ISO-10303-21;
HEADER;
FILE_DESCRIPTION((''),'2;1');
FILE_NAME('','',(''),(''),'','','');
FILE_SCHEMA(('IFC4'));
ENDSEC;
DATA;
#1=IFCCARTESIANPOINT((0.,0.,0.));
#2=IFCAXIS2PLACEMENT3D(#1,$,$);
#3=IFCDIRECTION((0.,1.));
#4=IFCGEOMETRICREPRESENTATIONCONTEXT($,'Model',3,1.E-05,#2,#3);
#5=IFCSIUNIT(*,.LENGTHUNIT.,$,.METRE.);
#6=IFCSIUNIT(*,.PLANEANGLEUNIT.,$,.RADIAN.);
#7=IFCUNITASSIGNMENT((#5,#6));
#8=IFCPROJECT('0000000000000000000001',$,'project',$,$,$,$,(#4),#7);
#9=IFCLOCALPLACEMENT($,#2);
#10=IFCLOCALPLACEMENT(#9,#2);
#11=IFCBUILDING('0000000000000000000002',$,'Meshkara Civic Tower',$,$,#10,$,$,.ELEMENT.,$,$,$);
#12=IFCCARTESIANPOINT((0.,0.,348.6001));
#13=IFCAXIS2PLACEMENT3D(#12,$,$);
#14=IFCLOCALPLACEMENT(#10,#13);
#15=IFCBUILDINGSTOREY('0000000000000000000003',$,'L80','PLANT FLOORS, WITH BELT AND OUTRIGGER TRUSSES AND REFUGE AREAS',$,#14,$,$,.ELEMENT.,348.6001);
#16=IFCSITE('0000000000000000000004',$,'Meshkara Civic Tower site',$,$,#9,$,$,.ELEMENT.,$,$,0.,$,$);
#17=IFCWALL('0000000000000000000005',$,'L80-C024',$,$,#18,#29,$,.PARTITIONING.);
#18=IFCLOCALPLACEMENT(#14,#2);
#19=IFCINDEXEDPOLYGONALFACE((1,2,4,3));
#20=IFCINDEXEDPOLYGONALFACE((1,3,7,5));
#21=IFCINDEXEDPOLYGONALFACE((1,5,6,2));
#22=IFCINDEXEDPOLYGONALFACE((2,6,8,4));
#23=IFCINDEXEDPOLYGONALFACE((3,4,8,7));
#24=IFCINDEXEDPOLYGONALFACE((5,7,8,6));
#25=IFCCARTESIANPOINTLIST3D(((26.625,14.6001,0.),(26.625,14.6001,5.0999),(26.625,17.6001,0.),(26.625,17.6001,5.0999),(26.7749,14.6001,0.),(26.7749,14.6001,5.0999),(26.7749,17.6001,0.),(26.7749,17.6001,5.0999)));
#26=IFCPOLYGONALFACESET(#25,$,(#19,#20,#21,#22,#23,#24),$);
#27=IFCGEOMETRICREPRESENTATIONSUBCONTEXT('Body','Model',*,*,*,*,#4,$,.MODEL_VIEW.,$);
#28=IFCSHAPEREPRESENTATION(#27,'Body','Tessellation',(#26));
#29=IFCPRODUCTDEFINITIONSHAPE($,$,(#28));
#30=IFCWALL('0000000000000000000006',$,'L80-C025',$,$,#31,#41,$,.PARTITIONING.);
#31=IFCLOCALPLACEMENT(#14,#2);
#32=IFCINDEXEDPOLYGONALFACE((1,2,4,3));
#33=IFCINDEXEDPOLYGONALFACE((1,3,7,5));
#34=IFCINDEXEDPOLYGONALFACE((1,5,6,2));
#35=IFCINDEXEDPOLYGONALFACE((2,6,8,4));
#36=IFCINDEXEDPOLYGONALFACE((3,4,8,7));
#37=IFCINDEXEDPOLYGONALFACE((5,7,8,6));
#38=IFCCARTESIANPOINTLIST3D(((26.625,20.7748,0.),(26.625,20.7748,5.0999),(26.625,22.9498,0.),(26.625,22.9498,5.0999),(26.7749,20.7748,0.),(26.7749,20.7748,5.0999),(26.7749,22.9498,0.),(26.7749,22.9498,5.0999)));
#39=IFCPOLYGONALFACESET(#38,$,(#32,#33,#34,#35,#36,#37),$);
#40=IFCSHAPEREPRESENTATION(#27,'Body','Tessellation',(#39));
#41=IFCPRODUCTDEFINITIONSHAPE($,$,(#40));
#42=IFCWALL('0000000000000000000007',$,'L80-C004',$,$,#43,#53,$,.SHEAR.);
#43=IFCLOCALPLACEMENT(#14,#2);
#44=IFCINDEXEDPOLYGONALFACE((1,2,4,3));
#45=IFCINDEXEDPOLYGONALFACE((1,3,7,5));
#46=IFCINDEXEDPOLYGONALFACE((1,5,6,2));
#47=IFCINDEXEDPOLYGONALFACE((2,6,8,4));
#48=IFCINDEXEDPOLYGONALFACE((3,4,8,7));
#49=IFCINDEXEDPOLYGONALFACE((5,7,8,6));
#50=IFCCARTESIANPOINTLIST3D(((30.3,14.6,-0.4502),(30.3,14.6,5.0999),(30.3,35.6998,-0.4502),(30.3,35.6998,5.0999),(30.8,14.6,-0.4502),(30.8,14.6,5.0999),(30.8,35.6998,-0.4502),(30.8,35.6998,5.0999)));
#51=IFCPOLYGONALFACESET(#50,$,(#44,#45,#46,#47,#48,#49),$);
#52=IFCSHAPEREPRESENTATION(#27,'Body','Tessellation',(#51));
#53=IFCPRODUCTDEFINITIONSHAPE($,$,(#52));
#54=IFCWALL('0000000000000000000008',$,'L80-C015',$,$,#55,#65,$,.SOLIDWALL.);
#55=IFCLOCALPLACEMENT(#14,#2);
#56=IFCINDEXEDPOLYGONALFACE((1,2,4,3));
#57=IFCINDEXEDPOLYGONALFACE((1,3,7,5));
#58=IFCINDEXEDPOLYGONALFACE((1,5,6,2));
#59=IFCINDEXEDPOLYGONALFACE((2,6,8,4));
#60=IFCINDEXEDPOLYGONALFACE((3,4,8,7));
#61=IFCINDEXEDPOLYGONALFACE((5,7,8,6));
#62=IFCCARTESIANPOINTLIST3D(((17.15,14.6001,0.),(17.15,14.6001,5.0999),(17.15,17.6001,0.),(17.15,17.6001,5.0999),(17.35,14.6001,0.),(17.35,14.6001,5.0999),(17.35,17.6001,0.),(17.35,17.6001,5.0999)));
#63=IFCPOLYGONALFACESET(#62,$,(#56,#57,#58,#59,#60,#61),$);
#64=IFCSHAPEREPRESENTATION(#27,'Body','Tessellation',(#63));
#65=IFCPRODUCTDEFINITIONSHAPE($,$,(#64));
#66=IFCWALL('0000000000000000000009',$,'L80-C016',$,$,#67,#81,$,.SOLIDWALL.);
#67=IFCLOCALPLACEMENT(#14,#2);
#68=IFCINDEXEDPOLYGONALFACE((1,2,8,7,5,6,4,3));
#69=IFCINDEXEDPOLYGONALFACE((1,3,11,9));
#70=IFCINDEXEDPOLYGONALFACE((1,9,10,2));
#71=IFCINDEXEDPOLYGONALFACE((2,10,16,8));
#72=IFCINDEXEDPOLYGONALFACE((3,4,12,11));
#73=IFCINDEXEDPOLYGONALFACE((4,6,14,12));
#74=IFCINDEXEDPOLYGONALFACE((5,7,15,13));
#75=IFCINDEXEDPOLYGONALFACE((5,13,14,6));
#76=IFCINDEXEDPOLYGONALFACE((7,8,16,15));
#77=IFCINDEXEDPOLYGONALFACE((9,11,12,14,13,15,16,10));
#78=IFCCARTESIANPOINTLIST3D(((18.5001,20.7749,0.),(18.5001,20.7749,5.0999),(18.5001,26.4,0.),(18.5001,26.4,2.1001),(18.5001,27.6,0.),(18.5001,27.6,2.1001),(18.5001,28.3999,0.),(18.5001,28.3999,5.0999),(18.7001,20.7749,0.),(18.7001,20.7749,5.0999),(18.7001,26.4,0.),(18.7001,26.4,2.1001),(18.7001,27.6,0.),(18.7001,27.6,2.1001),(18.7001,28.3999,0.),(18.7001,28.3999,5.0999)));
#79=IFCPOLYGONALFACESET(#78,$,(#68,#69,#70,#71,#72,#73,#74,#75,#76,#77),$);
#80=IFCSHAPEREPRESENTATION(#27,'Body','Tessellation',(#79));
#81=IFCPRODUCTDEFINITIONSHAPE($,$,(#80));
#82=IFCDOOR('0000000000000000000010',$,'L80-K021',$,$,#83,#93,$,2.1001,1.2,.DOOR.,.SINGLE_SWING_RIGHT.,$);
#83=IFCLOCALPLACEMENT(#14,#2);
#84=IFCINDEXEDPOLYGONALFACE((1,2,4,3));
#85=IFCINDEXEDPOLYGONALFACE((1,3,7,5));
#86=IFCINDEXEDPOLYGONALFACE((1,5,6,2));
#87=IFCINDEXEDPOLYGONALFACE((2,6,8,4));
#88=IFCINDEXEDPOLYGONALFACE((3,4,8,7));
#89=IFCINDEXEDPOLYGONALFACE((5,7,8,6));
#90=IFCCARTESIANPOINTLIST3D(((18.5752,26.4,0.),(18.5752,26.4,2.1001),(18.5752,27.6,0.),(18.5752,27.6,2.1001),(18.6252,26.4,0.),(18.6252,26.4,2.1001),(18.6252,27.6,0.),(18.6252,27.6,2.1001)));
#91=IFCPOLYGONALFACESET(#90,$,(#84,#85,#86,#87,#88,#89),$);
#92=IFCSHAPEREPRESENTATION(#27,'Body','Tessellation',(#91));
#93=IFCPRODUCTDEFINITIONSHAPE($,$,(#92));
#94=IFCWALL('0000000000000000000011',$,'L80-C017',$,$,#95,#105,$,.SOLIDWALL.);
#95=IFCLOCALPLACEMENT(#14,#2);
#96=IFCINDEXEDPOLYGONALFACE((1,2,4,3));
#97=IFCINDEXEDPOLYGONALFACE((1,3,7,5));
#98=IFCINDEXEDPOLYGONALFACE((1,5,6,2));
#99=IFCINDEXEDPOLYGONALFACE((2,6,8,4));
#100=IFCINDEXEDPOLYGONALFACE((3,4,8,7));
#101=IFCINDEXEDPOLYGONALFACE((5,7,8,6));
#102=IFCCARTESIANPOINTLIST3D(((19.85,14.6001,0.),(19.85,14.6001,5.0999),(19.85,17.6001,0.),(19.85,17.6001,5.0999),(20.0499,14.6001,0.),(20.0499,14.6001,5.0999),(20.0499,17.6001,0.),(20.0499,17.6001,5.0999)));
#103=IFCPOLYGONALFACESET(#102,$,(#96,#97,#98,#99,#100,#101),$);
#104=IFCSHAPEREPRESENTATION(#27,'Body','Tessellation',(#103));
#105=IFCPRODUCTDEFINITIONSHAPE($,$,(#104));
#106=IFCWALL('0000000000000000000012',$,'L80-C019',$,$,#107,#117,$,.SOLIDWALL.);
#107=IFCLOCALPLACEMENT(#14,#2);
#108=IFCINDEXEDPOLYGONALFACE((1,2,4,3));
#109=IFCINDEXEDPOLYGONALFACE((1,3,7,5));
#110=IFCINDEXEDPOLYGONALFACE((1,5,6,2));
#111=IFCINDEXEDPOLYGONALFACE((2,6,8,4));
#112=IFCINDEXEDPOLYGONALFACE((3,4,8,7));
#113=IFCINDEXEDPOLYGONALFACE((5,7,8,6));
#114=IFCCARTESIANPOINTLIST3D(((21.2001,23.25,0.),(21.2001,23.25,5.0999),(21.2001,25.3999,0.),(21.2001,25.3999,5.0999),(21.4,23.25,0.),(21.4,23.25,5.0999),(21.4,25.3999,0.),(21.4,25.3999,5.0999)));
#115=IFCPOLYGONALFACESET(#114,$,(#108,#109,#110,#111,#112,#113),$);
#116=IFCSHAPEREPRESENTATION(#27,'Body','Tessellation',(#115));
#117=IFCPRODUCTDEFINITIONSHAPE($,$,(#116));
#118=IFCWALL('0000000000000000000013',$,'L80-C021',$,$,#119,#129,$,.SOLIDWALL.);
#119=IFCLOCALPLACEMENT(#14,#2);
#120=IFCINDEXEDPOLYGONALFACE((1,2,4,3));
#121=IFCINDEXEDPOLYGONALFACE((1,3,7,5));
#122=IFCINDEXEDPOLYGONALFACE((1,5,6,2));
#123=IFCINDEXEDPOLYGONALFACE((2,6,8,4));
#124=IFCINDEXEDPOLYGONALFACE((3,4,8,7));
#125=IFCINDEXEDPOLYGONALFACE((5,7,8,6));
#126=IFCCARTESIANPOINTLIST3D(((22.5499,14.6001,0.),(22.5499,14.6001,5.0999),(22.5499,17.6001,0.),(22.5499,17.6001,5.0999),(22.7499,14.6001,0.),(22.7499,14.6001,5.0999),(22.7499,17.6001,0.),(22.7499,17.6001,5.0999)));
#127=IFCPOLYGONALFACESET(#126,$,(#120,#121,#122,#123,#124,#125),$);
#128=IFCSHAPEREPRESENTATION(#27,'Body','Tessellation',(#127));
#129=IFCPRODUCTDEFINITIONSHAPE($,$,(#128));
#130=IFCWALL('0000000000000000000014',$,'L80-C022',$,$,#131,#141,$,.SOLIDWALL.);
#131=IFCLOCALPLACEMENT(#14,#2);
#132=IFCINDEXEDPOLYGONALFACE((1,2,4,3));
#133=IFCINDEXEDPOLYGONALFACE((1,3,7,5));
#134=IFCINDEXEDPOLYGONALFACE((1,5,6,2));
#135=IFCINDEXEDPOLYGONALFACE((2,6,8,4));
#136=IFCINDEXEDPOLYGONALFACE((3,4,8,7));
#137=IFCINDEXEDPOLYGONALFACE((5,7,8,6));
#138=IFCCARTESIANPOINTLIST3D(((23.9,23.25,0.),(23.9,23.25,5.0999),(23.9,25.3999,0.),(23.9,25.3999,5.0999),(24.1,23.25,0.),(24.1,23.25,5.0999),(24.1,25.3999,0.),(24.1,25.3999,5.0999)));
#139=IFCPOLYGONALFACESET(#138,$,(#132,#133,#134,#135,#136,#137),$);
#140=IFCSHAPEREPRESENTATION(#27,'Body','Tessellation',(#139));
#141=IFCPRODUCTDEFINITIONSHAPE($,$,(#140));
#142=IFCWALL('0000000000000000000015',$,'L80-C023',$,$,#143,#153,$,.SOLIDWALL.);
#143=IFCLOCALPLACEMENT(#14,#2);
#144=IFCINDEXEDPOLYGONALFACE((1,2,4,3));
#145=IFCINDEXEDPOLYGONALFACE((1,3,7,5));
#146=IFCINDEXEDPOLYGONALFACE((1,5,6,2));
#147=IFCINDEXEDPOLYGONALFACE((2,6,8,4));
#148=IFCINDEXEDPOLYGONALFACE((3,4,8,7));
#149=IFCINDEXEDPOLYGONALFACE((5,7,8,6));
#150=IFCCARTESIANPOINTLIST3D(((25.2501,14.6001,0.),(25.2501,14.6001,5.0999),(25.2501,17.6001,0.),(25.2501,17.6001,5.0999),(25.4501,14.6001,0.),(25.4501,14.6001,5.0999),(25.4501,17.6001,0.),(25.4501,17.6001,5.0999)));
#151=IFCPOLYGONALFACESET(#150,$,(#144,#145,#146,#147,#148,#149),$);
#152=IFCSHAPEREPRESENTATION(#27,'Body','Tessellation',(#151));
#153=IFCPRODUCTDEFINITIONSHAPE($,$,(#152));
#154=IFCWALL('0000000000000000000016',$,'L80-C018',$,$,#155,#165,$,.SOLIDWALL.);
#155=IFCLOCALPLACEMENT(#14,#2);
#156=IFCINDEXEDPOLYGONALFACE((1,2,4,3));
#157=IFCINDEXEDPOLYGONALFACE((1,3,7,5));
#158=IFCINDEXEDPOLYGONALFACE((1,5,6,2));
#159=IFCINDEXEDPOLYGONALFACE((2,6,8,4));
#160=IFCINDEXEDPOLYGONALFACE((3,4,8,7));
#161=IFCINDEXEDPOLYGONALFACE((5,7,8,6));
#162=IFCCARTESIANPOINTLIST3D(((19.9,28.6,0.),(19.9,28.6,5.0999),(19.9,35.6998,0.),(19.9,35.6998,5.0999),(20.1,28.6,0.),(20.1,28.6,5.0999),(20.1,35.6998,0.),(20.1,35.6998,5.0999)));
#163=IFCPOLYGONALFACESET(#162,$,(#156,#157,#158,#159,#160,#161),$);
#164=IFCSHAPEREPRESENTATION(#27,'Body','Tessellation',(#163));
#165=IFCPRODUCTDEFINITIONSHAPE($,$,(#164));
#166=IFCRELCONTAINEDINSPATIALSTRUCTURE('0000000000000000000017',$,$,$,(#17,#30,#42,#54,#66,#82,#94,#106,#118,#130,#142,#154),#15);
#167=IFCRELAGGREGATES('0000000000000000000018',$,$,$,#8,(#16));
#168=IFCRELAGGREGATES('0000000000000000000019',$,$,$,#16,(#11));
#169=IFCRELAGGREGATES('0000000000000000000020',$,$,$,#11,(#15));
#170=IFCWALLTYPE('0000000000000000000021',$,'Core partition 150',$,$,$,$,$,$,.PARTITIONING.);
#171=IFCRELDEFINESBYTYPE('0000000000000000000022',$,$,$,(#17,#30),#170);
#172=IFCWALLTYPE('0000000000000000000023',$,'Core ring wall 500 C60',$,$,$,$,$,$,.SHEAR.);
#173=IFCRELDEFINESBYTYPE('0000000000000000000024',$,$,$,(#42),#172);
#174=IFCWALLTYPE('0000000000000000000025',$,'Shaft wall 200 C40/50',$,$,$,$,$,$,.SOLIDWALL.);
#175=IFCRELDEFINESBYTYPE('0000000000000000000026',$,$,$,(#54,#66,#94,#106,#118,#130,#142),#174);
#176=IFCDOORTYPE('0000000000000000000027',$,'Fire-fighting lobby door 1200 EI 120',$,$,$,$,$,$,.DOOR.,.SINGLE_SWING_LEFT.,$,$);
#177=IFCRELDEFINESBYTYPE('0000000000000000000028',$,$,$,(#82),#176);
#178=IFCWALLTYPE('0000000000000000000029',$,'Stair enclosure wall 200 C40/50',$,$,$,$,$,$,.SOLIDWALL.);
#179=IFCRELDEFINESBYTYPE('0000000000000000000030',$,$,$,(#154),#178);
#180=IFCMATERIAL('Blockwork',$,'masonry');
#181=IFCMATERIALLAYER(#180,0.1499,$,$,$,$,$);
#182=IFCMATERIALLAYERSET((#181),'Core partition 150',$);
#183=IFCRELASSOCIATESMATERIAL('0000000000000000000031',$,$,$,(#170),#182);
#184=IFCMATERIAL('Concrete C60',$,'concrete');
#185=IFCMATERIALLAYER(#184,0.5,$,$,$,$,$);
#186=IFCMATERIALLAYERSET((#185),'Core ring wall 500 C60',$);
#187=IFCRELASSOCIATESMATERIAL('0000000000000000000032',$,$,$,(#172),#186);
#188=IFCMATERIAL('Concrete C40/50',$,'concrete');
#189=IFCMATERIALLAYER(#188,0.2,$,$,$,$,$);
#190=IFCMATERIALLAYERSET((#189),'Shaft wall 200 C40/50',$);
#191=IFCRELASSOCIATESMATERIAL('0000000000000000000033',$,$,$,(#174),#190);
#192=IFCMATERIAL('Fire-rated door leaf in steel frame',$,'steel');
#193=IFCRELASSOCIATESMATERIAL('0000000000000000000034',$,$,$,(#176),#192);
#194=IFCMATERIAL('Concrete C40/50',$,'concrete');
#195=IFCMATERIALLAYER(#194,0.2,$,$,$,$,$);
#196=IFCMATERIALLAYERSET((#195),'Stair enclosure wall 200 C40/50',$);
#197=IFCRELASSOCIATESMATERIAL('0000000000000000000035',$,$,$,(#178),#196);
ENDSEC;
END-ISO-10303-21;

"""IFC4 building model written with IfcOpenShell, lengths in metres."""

from ifc_helpers import new_model, si_unit, direction, frame, frame_2d, origin, place, context, subcontext, project, spatial, rectangle, extrude, material, layer, layer_set, type_object, element, fill, save


model = new_model("IFC4")

# Units and contexts
model_context = context("Model", 3, precision=1e-05, world=origin(), true_north=direction((0.0, 1.0)))
body_context = subcontext(model_context, "Body", "Model", "MODEL_VIEW")
ifc_project = project(units=[si_unit("LENGTHUNIT", "METRE"), si_unit("PLANEANGLEUNIT", "RADIAN")], contexts=[model_context])

# Site, building, storey
site_placement = place(None, origin())
site = spatial("IfcSite", under=ifc_project, at=site_placement, Name="Meshkara Civic Tower site", CompositionType="ELEMENT", RefElevation=0.0)
building_placement = place(site_placement, origin())
building = spatial("IfcBuilding", under=site, at=building_placement, Name="Meshkara Civic Tower", CompositionType="ELEMENT")
storey_placement = place(building_placement, frame((0.0, 0.0, 348.6001)))
storey = spatial("IfcBuildingStorey", under=building, at=storey_placement, Name="L80", Description="PLANT FLOORS, WITH BELT AND OUTRIGGER TRUSSES AND REFUGE AREAS", CompositionType="ELEMENT", Elevation=348.6001)

# Walls
ifc_material_1 = material(Name="Blockwork", Category="masonry")
ifc_layer_1 = layer(ifc_material_1, 0.1499)
ifc_layer_set_1 = layer_set([ifc_layer_1], Name="Core partition 150")
wall_type_1 = type_object("IfcWallType", Name="Core partition 150", PredefinedType="PARTITIONING", material=ifc_layer_set_1)
wall_1_placement = place(storey_placement, frame((26.7, 14.6001, 0.0), z_axis=(0.0, 0.0, 1.0), x_axis=(0.0, 1.0, 0.0)))
element("IfcWall", 1, at=wall_1_placement, inside=storey, type_object=wall_type_1, Name="L80-C024", PredefinedType="PARTITIONING", context=body_context, shape_type="SweptSolid", body=[
    extrude(rectangle(XDim=3.0, YDim=0.1499, at=frame_2d((1.5, 0.0))), origin(), (0.0, 0.0, 1.0), 5.0999),
])
wall_2_placement = place(storey_placement, frame((26.7, 20.7749, 0.0), z_axis=(0.0, 0.0, 1.0), x_axis=(0.0, 1.0, 0.0)))
element("IfcWall", 2, at=wall_2_placement, inside=storey, type_object=wall_type_1, Name="L80-C025", PredefinedType="PARTITIONING", context=body_context, shape_type="SweptSolid", body=[
    extrude(rectangle(XDim=2.175, YDim=0.1499, at=frame_2d((1.0874, 0.0))), origin(), (0.0, 0.0, 1.0), 5.0999),
])
ifc_material_2 = material(Name="Concrete C60", Category="concrete")
ifc_layer_2 = layer(ifc_material_2, 0.5)
ifc_layer_set_2 = layer_set([ifc_layer_2], Name="Core ring wall 500 C60")
wall_type_2 = type_object("IfcWallType", Name="Core ring wall 500 C60", PredefinedType="SHEAR", material=ifc_layer_set_2)
wall_3_placement = place(storey_placement, frame((30.55, 14.6001, -0.4502), z_axis=(0.0, 0.0, 1.0), x_axis=(0.0, 1.0, 0.0)))
element("IfcWall", 3, at=wall_3_placement, inside=storey, type_object=wall_type_2, Name="L80-C004", PredefinedType="SHEAR", context=body_context, shape_type="SweptSolid", body=[
    extrude(rectangle(XDim=21.0999, YDim=0.5, at=frame_2d((10.5498, 0.0))), origin(), (0.0, 0.0, 1.0), 5.55),
])
ifc_material_3 = material(Name="Concrete C40/50", Category="concrete")
ifc_layer_3 = layer(ifc_material_3, 0.2)
ifc_layer_set_3 = layer_set([ifc_layer_3], Name="Shaft wall 200 C40/50")
wall_type_3 = type_object("IfcWallType", Name="Shaft wall 200 C40/50", PredefinedType="SOLIDWALL", material=ifc_layer_set_3)
wall_4_placement = place(storey_placement, frame((17.25, 14.6001, 0.0), z_axis=(0.0, 0.0, 1.0), x_axis=(0.0, 1.0, 0.0)))
element("IfcWall", 4, at=wall_4_placement, inside=storey, type_object=wall_type_3, Name="L80-C015", PredefinedType="SOLIDWALL", context=body_context, shape_type="SweptSolid", body=[
    extrude(rectangle(XDim=3.0, YDim=0.2, at=frame_2d((1.5, 0.0))), origin(), (0.0, 0.0, 1.0), 5.0999),
])

# Wall, opening, door
wall_5_placement = place(storey_placement, frame((18.6001, 20.7749, 0.0), z_axis=(0.0, 0.0, 1.0), x_axis=(0.0, 1.0, 0.0)))
wall_5 = element("IfcWall", 5, at=wall_5_placement, inside=storey, type_object=wall_type_3, Name="L80-C016", PredefinedType="SOLIDWALL", context=body_context, shape_type="SweptSolid", body=[
    extrude(rectangle(XDim=7.625, YDim=0.2, at=frame_2d((3.8125, 0.0))), origin(), (0.0, 0.0, 1.0), 5.0999),
])
opening_placement = place(wall_5_placement, frame((5.625, 0.0, 0.0)))
opening = element("IfcOpeningElement", 6, at=opening_placement, cuts=wall_5, PredefinedType="OPENING", context=body_context, shape_type="SweptSolid", body=[
    extrude(rectangle(XDim=1.2, YDim=2.1001, at=frame_2d((0.6001, 1.05))), frame((0.0, 0.1099, 0.0), z_axis=(0.0, -1.0, 0.0), x_axis=(1.0, 0.0, 0.0)), (0.0, 0.0, 1.0), 0.22),
])
ifc_material_4 = material(Name="Fire-rated door leaf in steel frame", Category="steel")
door_type = type_object("IfcDoorType", Name="Fire-fighting lobby door 1200 EI 120", OperationType="SINGLE_SWING_LEFT", PredefinedType="DOOR", material=ifc_material_4)
door_placement = place(opening_placement, origin())
door = element("IfcDoor", 7, at=door_placement, inside=storey, type_object=door_type, Name="L80-K021", OperationType="SINGLE_SWING_RIGHT", OverallHeight=2.1001, OverallWidth=1.2, PredefinedType="DOOR", context=body_context, shape_type="SweptSolid", body=[
    extrude(rectangle(XDim=1.2, YDim=2.1001, at=frame_2d((0.6001, 1.05))), frame((0.0, 0.0249, 0.0), z_axis=(0.0, -1.0, 0.0), x_axis=(1.0, 0.0, 0.0)), (0.0, 0.0, 1.0), 0.05),
])
fill(opening, door)

# Walls
wall_6_placement = place(storey_placement, frame((19.95, 14.6001, 0.0), z_axis=(0.0, 0.0, 1.0), x_axis=(0.0, 1.0, 0.0)))
element("IfcWall", 8, at=wall_6_placement, inside=storey, type_object=wall_type_3, Name="L80-C017", PredefinedType="SOLIDWALL", context=body_context, shape_type="SweptSolid", body=[
    extrude(rectangle(XDim=3.0, YDim=0.2, at=frame_2d((1.5, 0.0))), origin(), (0.0, 0.0, 1.0), 5.0999),
])
wall_7_placement = place(storey_placement, frame((21.3, 23.25, 0.0), z_axis=(0.0, 0.0, 1.0), x_axis=(0.0, 1.0, 0.0)))
element("IfcWall", 9, at=wall_7_placement, inside=storey, type_object=wall_type_3, Name="L80-C019", PredefinedType="SOLIDWALL", context=body_context, shape_type="SweptSolid", body=[
    extrude(rectangle(XDim=2.1499, YDim=0.2, at=frame_2d((1.075, 0.0))), origin(), (0.0, 0.0, 1.0), 5.0999),
])
wall_8_placement = place(storey_placement, frame((22.6499, 14.6001, 0.0), z_axis=(0.0, 0.0, 1.0), x_axis=(0.0, 1.0, 0.0)))
element("IfcWall", 10, at=wall_8_placement, inside=storey, type_object=wall_type_3, Name="L80-C021", PredefinedType="SOLIDWALL", context=body_context, shape_type="SweptSolid", body=[
    extrude(rectangle(XDim=3.0, YDim=0.2, at=frame_2d((1.5, 0.0))), origin(), (0.0, 0.0, 1.0), 5.0999),
])
wall_9_placement = place(storey_placement, frame((24.0, 23.25, 0.0), z_axis=(0.0, 0.0, 1.0), x_axis=(0.0, 1.0, 0.0)))
element("IfcWall", 11, at=wall_9_placement, inside=storey, type_object=wall_type_3, Name="L80-C022", PredefinedType="SOLIDWALL", context=body_context, shape_type="SweptSolid", body=[
    extrude(rectangle(XDim=2.1499, YDim=0.2, at=frame_2d((1.075, 0.0))), origin(), (0.0, 0.0, 1.0), 5.0999),
])
wall_10_placement = place(storey_placement, frame((25.3501, 14.6001, 0.0), z_axis=(0.0, 0.0, 1.0), x_axis=(0.0, 1.0, 0.0)))
element("IfcWall", 12, at=wall_10_placement, inside=storey, type_object=wall_type_3, Name="L80-C023", PredefinedType="SOLIDWALL", context=body_context, shape_type="SweptSolid", body=[
    extrude(rectangle(XDim=3.0, YDim=0.2, at=frame_2d((1.5, 0.0))), origin(), (0.0, 0.0, 1.0), 5.0999),
])
ifc_material_5 = material(Name="Concrete C40/50", Category="concrete")
ifc_layer_4 = layer(ifc_material_5, 0.2)
ifc_layer_set_4 = layer_set([ifc_layer_4], Name="Stair enclosure wall 200 C40/50")
wall_type_4 = type_object("IfcWallType", Name="Stair enclosure wall 200 C40/50", PredefinedType="SOLIDWALL", material=ifc_layer_set_4)
wall_11_placement = place(storey_placement, frame((20.0, 28.6001, 0.0), z_axis=(0.0, 0.0, 1.0), x_axis=(0.0, 1.0, 0.0)))
element("IfcWall", 13, at=wall_11_placement, inside=storey, type_object=wall_type_4, Name="L80-C018", PredefinedType="SOLIDWALL", context=body_context, shape_type="SweptSolid", body=[
    extrude(rectangle(XDim=7.0999, YDim=0.2, at=frame_2d((3.5498, 0.0))), origin(), (0.0, 0.0, 1.0), 5.0999),
])

save(model, "model.ifc")
